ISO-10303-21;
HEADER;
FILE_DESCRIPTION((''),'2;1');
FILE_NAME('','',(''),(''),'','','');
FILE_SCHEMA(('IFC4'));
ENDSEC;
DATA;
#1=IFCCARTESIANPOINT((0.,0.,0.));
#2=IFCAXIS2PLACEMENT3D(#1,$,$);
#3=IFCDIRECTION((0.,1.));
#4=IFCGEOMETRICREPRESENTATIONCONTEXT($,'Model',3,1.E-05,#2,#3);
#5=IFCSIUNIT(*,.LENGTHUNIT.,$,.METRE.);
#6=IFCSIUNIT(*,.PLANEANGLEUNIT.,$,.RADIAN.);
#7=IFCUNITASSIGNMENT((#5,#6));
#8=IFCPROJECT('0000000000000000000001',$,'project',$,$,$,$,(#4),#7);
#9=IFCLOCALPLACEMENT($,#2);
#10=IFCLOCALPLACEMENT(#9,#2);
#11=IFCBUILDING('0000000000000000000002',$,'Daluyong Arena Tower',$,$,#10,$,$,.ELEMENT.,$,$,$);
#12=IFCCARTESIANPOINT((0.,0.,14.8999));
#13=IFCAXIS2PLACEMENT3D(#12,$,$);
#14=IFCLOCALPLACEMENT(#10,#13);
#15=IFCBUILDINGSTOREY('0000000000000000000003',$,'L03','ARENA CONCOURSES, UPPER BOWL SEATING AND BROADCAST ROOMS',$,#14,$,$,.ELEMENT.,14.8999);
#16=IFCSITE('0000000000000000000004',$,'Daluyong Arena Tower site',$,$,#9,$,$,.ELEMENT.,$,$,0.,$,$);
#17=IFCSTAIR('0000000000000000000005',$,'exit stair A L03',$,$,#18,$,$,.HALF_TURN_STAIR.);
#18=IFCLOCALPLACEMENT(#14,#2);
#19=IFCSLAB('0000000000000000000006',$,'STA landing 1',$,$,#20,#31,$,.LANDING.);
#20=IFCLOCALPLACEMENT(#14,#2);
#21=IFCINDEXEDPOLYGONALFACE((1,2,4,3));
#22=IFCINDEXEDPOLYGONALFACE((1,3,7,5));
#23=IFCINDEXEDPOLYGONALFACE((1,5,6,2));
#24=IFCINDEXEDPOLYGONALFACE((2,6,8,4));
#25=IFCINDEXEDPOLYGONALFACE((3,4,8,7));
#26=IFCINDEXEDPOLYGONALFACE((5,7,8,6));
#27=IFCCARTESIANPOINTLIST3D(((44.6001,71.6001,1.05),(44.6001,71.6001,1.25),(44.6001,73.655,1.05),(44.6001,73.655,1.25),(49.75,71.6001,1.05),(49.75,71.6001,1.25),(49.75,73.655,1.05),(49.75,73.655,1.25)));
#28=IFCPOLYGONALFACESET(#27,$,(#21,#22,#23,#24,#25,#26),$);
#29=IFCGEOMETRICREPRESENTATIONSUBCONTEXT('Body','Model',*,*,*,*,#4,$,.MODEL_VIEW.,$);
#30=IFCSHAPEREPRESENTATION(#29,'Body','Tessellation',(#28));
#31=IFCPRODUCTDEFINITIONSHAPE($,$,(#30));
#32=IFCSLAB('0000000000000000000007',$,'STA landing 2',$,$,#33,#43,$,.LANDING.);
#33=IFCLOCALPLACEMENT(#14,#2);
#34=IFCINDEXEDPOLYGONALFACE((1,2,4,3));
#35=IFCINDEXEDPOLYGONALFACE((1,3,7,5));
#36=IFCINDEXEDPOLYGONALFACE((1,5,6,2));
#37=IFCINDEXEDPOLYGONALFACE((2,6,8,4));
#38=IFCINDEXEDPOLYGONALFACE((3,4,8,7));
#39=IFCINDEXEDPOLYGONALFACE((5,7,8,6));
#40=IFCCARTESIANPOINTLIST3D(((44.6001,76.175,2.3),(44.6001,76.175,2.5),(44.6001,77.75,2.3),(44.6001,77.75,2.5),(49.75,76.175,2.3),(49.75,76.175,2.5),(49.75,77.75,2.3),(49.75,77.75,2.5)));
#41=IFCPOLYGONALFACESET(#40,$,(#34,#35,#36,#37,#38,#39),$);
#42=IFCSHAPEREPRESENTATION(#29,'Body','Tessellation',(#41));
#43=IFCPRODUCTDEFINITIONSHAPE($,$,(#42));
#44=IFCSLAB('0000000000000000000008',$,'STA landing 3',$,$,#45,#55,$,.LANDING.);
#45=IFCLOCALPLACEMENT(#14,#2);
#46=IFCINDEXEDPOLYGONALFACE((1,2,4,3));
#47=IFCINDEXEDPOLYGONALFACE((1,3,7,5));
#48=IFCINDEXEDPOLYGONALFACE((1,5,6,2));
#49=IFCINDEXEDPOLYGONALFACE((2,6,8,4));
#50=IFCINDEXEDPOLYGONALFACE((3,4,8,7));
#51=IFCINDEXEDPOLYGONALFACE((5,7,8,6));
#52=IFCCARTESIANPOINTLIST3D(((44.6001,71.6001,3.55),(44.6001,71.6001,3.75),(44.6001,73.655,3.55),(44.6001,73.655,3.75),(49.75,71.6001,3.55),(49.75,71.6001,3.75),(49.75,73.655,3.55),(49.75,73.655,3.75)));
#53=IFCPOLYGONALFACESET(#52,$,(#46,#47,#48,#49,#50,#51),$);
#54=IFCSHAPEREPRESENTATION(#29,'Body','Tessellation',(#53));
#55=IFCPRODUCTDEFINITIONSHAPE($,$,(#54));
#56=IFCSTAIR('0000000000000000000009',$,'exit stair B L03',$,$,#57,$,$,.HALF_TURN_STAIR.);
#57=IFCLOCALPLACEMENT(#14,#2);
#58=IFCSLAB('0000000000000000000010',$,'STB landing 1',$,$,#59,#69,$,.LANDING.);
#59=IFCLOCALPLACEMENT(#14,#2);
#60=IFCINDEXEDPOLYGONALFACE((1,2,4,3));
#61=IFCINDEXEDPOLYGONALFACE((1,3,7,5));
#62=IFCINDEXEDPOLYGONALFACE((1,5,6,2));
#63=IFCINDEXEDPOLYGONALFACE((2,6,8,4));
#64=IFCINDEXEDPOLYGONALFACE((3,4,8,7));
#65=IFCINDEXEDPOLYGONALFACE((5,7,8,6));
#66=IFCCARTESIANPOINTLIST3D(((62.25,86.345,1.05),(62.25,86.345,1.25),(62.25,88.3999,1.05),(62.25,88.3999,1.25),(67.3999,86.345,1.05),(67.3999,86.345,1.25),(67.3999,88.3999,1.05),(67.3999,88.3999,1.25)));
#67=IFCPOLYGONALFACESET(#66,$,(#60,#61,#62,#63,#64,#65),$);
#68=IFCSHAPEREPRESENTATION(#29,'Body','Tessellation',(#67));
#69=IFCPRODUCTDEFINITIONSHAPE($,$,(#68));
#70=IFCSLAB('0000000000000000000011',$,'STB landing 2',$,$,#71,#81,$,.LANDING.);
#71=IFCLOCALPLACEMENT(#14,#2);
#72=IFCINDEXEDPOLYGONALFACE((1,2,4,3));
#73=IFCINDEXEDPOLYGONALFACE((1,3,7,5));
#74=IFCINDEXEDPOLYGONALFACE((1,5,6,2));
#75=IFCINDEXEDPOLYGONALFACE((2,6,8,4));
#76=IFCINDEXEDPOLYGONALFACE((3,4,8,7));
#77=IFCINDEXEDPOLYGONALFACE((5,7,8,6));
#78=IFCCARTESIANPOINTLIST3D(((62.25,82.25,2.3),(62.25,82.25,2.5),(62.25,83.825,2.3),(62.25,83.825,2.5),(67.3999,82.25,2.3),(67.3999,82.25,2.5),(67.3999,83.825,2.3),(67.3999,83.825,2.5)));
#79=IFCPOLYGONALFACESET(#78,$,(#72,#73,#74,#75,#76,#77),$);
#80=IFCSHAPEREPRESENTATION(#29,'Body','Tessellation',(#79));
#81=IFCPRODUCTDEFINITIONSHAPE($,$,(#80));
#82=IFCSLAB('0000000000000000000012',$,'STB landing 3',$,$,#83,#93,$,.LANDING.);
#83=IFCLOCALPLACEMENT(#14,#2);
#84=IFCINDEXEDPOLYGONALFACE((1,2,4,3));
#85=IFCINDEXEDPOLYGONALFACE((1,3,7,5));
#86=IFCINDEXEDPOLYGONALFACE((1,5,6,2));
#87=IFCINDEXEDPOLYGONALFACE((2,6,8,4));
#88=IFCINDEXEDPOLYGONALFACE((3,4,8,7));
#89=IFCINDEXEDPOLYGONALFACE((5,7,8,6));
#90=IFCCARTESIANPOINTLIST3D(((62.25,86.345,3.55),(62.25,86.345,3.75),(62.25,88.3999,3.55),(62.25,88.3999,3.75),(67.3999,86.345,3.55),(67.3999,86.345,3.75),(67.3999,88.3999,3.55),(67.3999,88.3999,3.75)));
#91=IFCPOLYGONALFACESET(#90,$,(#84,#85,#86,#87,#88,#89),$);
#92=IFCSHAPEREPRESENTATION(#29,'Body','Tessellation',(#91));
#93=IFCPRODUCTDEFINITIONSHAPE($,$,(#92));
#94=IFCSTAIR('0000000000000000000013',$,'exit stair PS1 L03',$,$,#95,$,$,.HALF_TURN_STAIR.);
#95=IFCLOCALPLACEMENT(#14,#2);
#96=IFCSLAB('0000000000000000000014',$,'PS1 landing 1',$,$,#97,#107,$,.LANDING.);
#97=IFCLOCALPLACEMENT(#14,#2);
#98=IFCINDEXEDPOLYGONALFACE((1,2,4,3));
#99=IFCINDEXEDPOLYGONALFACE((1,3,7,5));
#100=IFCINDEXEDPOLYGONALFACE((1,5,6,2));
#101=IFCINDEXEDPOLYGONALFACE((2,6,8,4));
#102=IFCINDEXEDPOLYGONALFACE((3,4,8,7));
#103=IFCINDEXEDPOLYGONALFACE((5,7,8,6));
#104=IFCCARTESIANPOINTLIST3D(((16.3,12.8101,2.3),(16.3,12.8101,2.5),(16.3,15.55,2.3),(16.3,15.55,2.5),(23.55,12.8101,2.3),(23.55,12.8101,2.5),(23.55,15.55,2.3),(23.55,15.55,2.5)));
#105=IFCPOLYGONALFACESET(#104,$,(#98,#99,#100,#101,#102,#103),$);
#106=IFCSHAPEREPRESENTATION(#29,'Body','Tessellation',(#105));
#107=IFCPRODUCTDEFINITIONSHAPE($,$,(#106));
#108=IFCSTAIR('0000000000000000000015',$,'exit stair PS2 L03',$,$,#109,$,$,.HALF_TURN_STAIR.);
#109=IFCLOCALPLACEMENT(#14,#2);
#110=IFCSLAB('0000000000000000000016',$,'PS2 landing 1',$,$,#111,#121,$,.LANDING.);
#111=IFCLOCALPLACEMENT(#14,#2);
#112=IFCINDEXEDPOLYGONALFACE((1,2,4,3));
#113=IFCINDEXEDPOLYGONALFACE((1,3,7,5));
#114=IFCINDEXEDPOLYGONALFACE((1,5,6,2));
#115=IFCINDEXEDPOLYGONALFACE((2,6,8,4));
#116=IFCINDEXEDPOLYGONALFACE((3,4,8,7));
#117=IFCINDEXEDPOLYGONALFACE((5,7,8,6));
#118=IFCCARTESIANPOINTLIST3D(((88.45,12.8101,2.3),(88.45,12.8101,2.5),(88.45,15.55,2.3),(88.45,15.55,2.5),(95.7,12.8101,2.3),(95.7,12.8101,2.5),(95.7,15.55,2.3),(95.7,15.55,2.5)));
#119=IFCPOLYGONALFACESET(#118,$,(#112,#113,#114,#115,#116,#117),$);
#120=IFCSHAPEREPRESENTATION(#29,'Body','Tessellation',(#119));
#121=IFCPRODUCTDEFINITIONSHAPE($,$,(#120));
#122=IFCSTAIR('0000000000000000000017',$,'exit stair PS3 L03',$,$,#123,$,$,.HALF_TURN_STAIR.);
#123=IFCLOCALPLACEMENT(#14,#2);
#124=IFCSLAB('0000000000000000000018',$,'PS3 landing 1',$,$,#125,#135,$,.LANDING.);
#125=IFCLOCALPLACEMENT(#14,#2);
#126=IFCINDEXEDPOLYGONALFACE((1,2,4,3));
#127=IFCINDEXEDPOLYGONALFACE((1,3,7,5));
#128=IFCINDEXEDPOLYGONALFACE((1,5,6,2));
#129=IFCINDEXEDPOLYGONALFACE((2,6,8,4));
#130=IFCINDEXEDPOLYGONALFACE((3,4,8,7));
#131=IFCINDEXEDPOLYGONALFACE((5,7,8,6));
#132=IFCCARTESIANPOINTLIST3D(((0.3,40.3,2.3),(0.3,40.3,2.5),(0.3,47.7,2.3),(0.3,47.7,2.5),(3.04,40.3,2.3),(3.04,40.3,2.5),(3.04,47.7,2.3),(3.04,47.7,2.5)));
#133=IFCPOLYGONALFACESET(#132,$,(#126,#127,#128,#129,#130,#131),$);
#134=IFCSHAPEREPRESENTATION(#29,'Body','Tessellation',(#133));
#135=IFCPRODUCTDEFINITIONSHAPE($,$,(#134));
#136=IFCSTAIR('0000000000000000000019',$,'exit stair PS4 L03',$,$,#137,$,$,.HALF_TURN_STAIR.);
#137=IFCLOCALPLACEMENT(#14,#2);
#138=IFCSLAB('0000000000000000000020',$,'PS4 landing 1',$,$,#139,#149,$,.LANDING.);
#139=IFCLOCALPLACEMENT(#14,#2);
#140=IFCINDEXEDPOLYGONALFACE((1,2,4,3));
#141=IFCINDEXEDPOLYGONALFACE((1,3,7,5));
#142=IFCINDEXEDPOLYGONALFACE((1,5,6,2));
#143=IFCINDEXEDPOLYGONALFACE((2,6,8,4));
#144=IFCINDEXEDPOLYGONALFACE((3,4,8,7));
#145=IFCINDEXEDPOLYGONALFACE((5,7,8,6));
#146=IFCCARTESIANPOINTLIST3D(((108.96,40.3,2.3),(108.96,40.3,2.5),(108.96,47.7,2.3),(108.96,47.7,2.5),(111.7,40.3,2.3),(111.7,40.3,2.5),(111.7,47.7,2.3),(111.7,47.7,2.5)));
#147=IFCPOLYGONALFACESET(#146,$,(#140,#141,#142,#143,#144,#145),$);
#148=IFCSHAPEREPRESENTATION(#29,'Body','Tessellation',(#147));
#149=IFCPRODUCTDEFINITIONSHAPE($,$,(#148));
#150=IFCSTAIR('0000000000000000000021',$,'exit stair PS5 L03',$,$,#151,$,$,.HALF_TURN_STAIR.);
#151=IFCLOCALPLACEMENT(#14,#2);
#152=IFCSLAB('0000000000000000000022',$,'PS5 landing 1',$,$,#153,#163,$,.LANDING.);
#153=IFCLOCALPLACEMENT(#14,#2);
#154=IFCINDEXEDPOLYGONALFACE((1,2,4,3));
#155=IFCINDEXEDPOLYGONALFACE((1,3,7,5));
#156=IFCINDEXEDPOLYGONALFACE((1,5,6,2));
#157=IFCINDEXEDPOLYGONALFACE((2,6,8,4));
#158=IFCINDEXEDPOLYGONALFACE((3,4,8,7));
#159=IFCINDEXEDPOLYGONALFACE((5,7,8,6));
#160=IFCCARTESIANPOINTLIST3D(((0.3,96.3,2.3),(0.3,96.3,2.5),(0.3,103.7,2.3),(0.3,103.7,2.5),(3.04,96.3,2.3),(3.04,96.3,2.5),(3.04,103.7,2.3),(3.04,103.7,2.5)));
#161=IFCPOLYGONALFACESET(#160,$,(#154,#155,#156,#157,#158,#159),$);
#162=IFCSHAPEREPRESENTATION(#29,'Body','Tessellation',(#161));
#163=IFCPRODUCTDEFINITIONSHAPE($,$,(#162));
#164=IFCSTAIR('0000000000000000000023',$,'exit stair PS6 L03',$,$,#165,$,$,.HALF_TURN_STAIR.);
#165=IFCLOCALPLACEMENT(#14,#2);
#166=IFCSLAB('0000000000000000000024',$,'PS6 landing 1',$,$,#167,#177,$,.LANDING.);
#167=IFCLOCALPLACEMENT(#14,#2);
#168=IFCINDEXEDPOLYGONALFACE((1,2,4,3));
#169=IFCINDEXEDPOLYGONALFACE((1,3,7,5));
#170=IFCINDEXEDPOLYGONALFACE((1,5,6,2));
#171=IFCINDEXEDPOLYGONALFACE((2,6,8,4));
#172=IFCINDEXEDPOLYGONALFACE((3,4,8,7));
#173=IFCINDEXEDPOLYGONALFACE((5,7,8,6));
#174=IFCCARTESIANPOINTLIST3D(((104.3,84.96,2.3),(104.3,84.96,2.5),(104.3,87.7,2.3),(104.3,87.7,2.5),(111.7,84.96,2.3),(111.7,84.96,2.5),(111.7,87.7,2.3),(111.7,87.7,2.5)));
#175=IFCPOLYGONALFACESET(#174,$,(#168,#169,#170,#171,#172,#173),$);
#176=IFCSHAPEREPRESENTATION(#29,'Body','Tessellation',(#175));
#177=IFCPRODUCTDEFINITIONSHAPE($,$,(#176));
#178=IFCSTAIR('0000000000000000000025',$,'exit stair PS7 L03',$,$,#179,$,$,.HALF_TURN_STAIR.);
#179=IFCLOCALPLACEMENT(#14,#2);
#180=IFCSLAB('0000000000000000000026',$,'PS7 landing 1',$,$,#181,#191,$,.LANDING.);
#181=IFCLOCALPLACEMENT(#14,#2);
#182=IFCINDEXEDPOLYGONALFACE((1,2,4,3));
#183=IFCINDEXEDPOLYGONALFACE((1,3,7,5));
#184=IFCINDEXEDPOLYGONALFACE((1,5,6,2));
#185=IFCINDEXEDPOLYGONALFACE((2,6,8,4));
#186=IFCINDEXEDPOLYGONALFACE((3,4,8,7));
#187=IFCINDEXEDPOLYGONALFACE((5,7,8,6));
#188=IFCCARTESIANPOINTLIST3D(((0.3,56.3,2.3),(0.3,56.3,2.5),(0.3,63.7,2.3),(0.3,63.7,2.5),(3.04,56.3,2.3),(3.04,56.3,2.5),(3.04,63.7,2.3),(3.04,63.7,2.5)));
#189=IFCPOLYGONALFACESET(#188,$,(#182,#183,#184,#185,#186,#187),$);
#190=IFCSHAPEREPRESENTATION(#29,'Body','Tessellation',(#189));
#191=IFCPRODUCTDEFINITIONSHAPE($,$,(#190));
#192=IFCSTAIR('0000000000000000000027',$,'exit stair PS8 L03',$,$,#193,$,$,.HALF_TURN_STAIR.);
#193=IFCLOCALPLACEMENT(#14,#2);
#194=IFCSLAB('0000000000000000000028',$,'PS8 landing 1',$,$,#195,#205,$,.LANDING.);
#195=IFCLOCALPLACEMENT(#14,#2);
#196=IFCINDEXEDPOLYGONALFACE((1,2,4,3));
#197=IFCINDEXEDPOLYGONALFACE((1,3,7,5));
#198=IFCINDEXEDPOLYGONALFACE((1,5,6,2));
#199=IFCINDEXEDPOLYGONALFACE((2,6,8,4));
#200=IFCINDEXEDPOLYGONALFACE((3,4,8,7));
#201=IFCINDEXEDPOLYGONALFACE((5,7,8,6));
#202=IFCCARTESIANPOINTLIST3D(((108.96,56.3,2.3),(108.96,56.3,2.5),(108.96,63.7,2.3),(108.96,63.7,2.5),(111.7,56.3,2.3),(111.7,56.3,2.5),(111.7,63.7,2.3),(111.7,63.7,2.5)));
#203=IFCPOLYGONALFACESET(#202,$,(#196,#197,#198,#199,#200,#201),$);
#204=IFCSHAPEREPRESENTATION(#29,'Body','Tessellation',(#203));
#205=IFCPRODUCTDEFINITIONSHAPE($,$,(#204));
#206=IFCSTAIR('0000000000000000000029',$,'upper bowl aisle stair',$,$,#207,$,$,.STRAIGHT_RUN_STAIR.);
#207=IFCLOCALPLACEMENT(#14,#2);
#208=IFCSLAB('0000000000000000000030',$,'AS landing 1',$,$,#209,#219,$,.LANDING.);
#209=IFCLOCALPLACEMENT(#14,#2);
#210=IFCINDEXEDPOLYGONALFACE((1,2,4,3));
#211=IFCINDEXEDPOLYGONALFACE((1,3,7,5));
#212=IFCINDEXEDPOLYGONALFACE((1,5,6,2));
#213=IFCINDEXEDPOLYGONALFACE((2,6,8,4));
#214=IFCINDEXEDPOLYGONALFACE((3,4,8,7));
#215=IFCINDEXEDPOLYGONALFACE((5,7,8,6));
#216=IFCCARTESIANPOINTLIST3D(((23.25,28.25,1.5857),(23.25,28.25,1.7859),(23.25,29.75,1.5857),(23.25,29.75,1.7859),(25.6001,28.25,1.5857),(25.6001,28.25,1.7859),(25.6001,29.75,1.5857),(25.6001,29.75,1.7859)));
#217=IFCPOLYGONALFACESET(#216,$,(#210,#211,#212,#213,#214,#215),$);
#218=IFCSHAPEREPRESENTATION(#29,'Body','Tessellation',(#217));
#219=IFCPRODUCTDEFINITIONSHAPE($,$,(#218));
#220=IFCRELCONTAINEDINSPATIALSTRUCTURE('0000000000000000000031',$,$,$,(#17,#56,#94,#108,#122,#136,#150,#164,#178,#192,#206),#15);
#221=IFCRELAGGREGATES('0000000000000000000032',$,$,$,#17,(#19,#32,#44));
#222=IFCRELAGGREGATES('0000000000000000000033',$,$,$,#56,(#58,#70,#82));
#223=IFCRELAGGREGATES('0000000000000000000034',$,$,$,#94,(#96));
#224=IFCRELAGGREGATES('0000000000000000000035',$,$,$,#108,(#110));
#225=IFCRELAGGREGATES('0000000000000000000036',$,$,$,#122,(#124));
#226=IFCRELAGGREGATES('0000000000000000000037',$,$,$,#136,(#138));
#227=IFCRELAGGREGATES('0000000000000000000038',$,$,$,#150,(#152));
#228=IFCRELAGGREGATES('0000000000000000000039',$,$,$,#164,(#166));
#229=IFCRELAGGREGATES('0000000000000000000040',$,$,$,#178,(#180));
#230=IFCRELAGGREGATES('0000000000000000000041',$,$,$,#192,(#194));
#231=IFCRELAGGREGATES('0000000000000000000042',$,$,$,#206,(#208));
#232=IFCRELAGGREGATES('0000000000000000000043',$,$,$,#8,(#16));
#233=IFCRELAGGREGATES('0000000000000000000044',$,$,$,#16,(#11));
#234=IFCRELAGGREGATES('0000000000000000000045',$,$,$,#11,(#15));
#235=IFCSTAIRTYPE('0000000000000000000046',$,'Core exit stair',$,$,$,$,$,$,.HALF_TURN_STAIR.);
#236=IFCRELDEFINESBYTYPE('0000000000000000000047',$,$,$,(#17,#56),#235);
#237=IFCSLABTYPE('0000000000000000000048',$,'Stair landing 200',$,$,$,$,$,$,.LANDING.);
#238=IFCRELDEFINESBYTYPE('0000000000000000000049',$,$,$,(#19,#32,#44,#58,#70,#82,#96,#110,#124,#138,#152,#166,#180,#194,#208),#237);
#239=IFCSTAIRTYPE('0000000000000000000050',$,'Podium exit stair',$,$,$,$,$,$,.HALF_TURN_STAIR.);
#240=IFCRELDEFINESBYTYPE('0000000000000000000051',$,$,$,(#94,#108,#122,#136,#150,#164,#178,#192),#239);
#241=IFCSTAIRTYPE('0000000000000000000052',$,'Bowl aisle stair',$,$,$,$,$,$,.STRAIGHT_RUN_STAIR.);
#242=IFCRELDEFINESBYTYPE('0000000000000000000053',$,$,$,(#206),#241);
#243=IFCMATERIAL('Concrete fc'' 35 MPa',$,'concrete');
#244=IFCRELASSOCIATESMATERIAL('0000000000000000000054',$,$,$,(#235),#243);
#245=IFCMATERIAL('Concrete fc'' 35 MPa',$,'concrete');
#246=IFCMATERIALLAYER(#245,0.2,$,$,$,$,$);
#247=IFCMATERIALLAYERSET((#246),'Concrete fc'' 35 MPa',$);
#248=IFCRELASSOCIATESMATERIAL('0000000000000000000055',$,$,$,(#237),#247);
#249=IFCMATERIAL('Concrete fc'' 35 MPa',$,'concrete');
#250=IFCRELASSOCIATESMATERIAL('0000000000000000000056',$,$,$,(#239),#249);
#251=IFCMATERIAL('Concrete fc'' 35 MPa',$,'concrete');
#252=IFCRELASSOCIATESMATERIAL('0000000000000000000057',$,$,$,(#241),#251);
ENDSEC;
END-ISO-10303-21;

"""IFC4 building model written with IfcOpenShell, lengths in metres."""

from ifc_helpers import new_model, si_unit, direction, frame, origin, place, context, subcontext, project, spatial, polyline, outline, extrude, material, layer, layer_set, type_object, element, aggregate, save


model = new_model("IFC4")

# Units and contexts
model_context = context("Model", 3, precision=1e-05, world=origin(), true_north=direction((0.0, 1.0)))
body_context = subcontext(model_context, "Body", "Model", "MODEL_VIEW")
ifc_project = project(units=[si_unit("LENGTHUNIT", "METRE"), si_unit("PLANEANGLEUNIT", "RADIAN")], contexts=[model_context])

# Site, building, storey
site_placement = place(None, origin())
site = spatial("IfcSite", under=ifc_project, at=site_placement, Name="Daluyong Arena Tower site", CompositionType="ELEMENT", RefElevation=0.0)
building_placement = place(site_placement, origin())
building = spatial("IfcBuilding", under=site, at=building_placement, Name="Daluyong Arena Tower", CompositionType="ELEMENT")
storey_placement = place(building_placement, frame((0.0, 0.0, 14.8999)))
storey = spatial("IfcBuildingStorey", under=building, at=storey_placement, Name="L03", Description="ARENA CONCOURSES, UPPER BOWL SEATING AND BROADCAST ROOMS", CompositionType="ELEMENT", Elevation=14.8999)

# Stairs, slabs
ifc_material_1 = material(Name="Concrete fc' 35 MPa", Category="concrete")
stair_type_1 = type_object("IfcStairType", Name="Core exit stair", PredefinedType="HALF_TURN_STAIR", material=ifc_material_1)
stair_1_placement = place(storey_placement, origin())
stair_1 = element("IfcStair", 1, at=stair_1_placement, inside=storey, type_object=stair_type_1, Name="exit stair A L03", PredefinedType="HALF_TURN_STAIR")
ifc_material_2 = material(Name="Concrete fc' 35 MPa", Category="concrete")
ifc_layer_1 = layer(ifc_material_2, 0.2)
ifc_layer_set_1 = layer_set([ifc_layer_1], Name="Concrete fc' 35 MPa")
slab_type_1 = type_object("IfcSlabType", Name="Stair landing 200", PredefinedType="LANDING", material=ifc_layer_set_1)
slab_1_placement = place(storey_placement, frame((0.0, 0.0, 1.05)))
slab_1 = element("IfcSlab", 2, at=slab_1_placement, type_object=slab_type_1, Name="STA landing 1", PredefinedType="LANDING", context=body_context, shape_type="SweptSolid", body=[
    extrude(outline(polyline([(44.6001, 71.6001), (49.75, 71.6001), (49.75, 73.655), (44.6001, 73.655), (44.6001, 71.6001)])), origin(), (0.0, 0.0, 1.0), 0.2),
])
slab_2_placement = place(storey_placement, frame((0.0, 0.0, 2.3)))
slab_2 = element("IfcSlab", 3, at=slab_2_placement, type_object=slab_type_1, Name="STA landing 2", PredefinedType="LANDING", context=body_context, shape_type="SweptSolid", body=[
    extrude(outline(polyline([(44.6001, 76.175), (49.75, 76.175), (49.75, 77.75), (44.6001, 77.75), (44.6001, 76.175)])), origin(), (0.0, 0.0, 1.0), 0.2),
])
slab_3_placement = place(storey_placement, frame((0.0, 0.0, 3.55)))
slab_3 = element("IfcSlab", 4, at=slab_3_placement, type_object=slab_type_1, Name="STA landing 3", PredefinedType="LANDING", context=body_context, shape_type="SweptSolid", body=[
    extrude(outline(polyline([(44.6001, 71.6001), (49.75, 71.6001), (49.75, 73.655), (44.6001, 73.655), (44.6001, 71.6001)])), origin(), (0.0, 0.0, 1.0), 0.2),
])
aggregate(stair_1, [slab_1, slab_2, slab_3])
stair_2_placement = place(storey_placement, origin())
stair_2 = element("IfcStair", 5, at=stair_2_placement, inside=storey, type_object=stair_type_1, Name="exit stair B L03", PredefinedType="HALF_TURN_STAIR")
slab_4_placement = place(storey_placement, frame((0.0, 0.0, 1.05)))
slab_4 = element("IfcSlab", 6, at=slab_4_placement, type_object=slab_type_1, Name="STB landing 1", PredefinedType="LANDING", context=body_context, shape_type="SweptSolid", body=[
    extrude(outline(polyline([(62.25, 86.345), (67.3999, 86.345), (67.3999, 88.3999), (62.25, 88.3999), (62.25, 86.345)])), origin(), (0.0, 0.0, 1.0), 0.2),
])
slab_5_placement = place(storey_placement, frame((0.0, 0.0, 2.3)))
slab_5 = element("IfcSlab", 7, at=slab_5_placement, type_object=slab_type_1, Name="STB landing 2", PredefinedType="LANDING", context=body_context, shape_type="SweptSolid", body=[
    extrude(outline(polyline([(62.25, 82.25), (67.3999, 82.25), (67.3999, 83.825), (62.25, 83.825), (62.25, 82.25)])), origin(), (0.0, 0.0, 1.0), 0.2),
])
slab_6_placement = place(storey_placement, frame((0.0, 0.0, 3.55)))
slab_6 = element("IfcSlab", 8, at=slab_6_placement, type_object=slab_type_1, Name="STB landing 3", PredefinedType="LANDING", context=body_context, shape_type="SweptSolid", body=[
    extrude(outline(polyline([(62.25, 86.345), (67.3999, 86.345), (67.3999, 88.3999), (62.25, 88.3999), (62.25, 86.345)])), origin(), (0.0, 0.0, 1.0), 0.2),
])
aggregate(stair_2, [slab_4, slab_5, slab_6])

# Stairs, slabs
ifc_material_3 = material(Name="Concrete fc' 35 MPa", Category="concrete")
stair_type_2 = type_object("IfcStairType", Name="Podium exit stair", PredefinedType="HALF_TURN_STAIR", material=ifc_material_3)
stair_3_placement = place(storey_placement, origin())
stair_3 = element("IfcStair", 9, at=stair_3_placement, inside=storey, type_object=stair_type_2, Name="exit stair PS1 L03", PredefinedType="HALF_TURN_STAIR")
slab_7_placement = place(storey_placement, frame((0.0, 0.0, 2.3)))
slab_7 = element("IfcSlab", 10, at=slab_7_placement, type_object=slab_type_1, Name="PS1 landing 1", PredefinedType="LANDING", context=body_context, shape_type="SweptSolid", body=[
    extrude(outline(polyline([(16.3, 12.8101), (23.55, 12.8101), (23.55, 15.55), (16.3, 15.55), (16.3, 12.8101)])), origin(), (0.0, 0.0, 1.0), 0.2),
])
aggregate(stair_3, [slab_7])
stair_4_placement = place(storey_placement, origin())
stair_4 = element("IfcStair", 11, at=stair_4_placement, inside=storey, type_object=stair_type_2, Name="exit stair PS2 L03", PredefinedType="HALF_TURN_STAIR")
slab_8_placement = place(storey_placement, frame((0.0, 0.0, 2.3)))
slab_8 = element("IfcSlab", 12, at=slab_8_placement, type_object=slab_type_1, Name="PS2 landing 1", PredefinedType="LANDING", context=body_context, shape_type="SweptSolid", body=[
    extrude(outline(polyline([(88.45, 12.8101), (95.7, 12.8101), (95.7, 15.55), (88.45, 15.55), (88.45, 12.8101)])), origin(), (0.0, 0.0, 1.0), 0.2),
])
aggregate(stair_4, [slab_8])
stair_5_placement = place(storey_placement, origin())
stair_5 = element("IfcStair", 13, at=stair_5_placement, inside=storey, type_object=stair_type_2, Name="exit stair PS3 L03", PredefinedType="HALF_TURN_STAIR")
slab_9_placement = place(storey_placement, frame((0.0, 0.0, 2.3)))
slab_9 = element("IfcSlab", 14, at=slab_9_placement, type_object=slab_type_1, Name="PS3 landing 1", PredefinedType="LANDING", context=body_context, shape_type="SweptSolid", body=[
    extrude(outline(polyline([(3.04, 40.3), (3.04, 47.7), (0.3, 47.7), (0.3, 40.3), (3.04, 40.3)])), origin(), (0.0, 0.0, 1.0), 0.2),
])
aggregate(stair_5, [slab_9])
stair_6_placement = place(storey_placement, origin())
stair_6 = element("IfcStair", 15, at=stair_6_placement, inside=storey, type_object=stair_type_2, Name="exit stair PS4 L03", PredefinedType="HALF_TURN_STAIR")
slab_10_placement = place(storey_placement, frame((0.0, 0.0, 2.3)))
slab_10 = element("IfcSlab", 16, at=slab_10_placement, type_object=slab_type_1, Name="PS4 landing 1", PredefinedType="LANDING", context=body_context, shape_type="SweptSolid", body=[
    extrude(outline(polyline([(111.7, 40.3), (111.7, 47.7), (108.96, 47.7), (108.96, 40.3), (111.7, 40.3)])), origin(), (0.0, 0.0, 1.0), 0.2),
])
aggregate(stair_6, [slab_10])
stair_7_placement = place(storey_placement, origin())
stair_7 = element("IfcStair", 17, at=stair_7_placement, inside=storey, type_object=stair_type_2, Name="exit stair PS5 L03", PredefinedType="HALF_TURN_STAIR")
slab_11_placement = place(storey_placement, frame((0.0, 0.0, 2.3)))
slab_11 = element("IfcSlab", 18, at=slab_11_placement, type_object=slab_type_1, Name="PS5 landing 1", PredefinedType="LANDING", context=body_context, shape_type="SweptSolid", body=[
    extrude(outline(polyline([(3.04, 96.3), (3.04, 103.7), (0.3, 103.7), (0.3, 96.3), (3.04, 96.3)])), origin(), (0.0, 0.0, 1.0), 0.2),
])
aggregate(stair_7, [slab_11])
stair_8_placement = place(storey_placement, origin())
stair_8 = element("IfcStair", 19, at=stair_8_placement, inside=storey, type_object=stair_type_2, Name="exit stair PS6 L03", PredefinedType="HALF_TURN_STAIR")
slab_12_placement = place(storey_placement, frame((0.0, 0.0, 2.3)))
slab_12 = element("IfcSlab", 20, at=slab_12_placement, type_object=slab_type_1, Name="PS6 landing 1", PredefinedType="LANDING", context=body_context, shape_type="SweptSolid", body=[
    extrude(outline(polyline([(104.3, 84.96), (111.7, 84.96), (111.7, 87.7), (104.3, 87.7), (104.3, 84.96)])), origin(), (0.0, 0.0, 1.0), 0.2),
])
aggregate(stair_8, [slab_12])
stair_9_placement = place(storey_placement, origin())
stair_9 = element("IfcStair", 21, at=stair_9_placement, inside=storey, type_object=stair_type_2, Name="exit stair PS7 L03", PredefinedType="HALF_TURN_STAIR")
slab_13_placement = place(storey_placement, frame((0.0, 0.0, 2.3)))
slab_13 = element("IfcSlab", 22, at=slab_13_placement, type_object=slab_type_1, Name="PS7 landing 1", PredefinedType="LANDING", context=body_context, shape_type="SweptSolid", body=[
    extrude(outline(polyline([(3.04, 56.3), (3.04, 63.7), (0.3, 63.7), (0.3, 56.3), (3.04, 56.3)])), origin(), (0.0, 0.0, 1.0), 0.2),
])
aggregate(stair_9, [slab_13])
stair_10_placement = place(storey_placement, origin())
stair_10 = element("IfcStair", 23, at=stair_10_placement, inside=storey, type_object=stair_type_2, Name="exit stair PS8 L03", PredefinedType="HALF_TURN_STAIR")
slab_14_placement = place(storey_placement, frame((0.0, 0.0, 2.3)))
slab_14 = element("IfcSlab", 24, at=slab_14_placement, type_object=slab_type_1, Name="PS8 landing 1", PredefinedType="LANDING", context=body_context, shape_type="SweptSolid", body=[
    extrude(outline(polyline([(111.7, 56.3), (111.7, 63.7), (108.96, 63.7), (108.96, 56.3), (111.7, 56.3)])), origin(), (0.0, 0.0, 1.0), 0.2),
])
aggregate(stair_10, [slab_14])
ifc_material_4 = material(Name="Concrete fc' 35 MPa", Category="concrete")
stair_type_3 = type_object("IfcStairType", Name="Bowl aisle stair", PredefinedType="STRAIGHT_RUN_STAIR", material=ifc_material_4)
stair_11_placement = place(storey_placement, origin())
stair_11 = element("IfcStair", 25, at=stair_11_placement, inside=storey, type_object=stair_type_3, Name="upper bowl aisle stair", PredefinedType="STRAIGHT_RUN_STAIR")
slab_15_placement = place(storey_placement, frame((0.0, 0.0, 1.5857)))
slab_15 = element("IfcSlab", 26, at=slab_15_placement, type_object=slab_type_1, Name="AS landing 1", PredefinedType="LANDING", context=body_context, shape_type="SweptSolid", body=[
    extrude(outline(polyline([(23.25, 28.25), (25.6001, 28.25), (25.6001, 29.75), (23.25, 29.75), (23.25, 28.25)])), origin(), (0.0, 0.0, 1.0), 0.2002),
])
aggregate(stair_11, [slab_15])

save(model, "model.ifc")
